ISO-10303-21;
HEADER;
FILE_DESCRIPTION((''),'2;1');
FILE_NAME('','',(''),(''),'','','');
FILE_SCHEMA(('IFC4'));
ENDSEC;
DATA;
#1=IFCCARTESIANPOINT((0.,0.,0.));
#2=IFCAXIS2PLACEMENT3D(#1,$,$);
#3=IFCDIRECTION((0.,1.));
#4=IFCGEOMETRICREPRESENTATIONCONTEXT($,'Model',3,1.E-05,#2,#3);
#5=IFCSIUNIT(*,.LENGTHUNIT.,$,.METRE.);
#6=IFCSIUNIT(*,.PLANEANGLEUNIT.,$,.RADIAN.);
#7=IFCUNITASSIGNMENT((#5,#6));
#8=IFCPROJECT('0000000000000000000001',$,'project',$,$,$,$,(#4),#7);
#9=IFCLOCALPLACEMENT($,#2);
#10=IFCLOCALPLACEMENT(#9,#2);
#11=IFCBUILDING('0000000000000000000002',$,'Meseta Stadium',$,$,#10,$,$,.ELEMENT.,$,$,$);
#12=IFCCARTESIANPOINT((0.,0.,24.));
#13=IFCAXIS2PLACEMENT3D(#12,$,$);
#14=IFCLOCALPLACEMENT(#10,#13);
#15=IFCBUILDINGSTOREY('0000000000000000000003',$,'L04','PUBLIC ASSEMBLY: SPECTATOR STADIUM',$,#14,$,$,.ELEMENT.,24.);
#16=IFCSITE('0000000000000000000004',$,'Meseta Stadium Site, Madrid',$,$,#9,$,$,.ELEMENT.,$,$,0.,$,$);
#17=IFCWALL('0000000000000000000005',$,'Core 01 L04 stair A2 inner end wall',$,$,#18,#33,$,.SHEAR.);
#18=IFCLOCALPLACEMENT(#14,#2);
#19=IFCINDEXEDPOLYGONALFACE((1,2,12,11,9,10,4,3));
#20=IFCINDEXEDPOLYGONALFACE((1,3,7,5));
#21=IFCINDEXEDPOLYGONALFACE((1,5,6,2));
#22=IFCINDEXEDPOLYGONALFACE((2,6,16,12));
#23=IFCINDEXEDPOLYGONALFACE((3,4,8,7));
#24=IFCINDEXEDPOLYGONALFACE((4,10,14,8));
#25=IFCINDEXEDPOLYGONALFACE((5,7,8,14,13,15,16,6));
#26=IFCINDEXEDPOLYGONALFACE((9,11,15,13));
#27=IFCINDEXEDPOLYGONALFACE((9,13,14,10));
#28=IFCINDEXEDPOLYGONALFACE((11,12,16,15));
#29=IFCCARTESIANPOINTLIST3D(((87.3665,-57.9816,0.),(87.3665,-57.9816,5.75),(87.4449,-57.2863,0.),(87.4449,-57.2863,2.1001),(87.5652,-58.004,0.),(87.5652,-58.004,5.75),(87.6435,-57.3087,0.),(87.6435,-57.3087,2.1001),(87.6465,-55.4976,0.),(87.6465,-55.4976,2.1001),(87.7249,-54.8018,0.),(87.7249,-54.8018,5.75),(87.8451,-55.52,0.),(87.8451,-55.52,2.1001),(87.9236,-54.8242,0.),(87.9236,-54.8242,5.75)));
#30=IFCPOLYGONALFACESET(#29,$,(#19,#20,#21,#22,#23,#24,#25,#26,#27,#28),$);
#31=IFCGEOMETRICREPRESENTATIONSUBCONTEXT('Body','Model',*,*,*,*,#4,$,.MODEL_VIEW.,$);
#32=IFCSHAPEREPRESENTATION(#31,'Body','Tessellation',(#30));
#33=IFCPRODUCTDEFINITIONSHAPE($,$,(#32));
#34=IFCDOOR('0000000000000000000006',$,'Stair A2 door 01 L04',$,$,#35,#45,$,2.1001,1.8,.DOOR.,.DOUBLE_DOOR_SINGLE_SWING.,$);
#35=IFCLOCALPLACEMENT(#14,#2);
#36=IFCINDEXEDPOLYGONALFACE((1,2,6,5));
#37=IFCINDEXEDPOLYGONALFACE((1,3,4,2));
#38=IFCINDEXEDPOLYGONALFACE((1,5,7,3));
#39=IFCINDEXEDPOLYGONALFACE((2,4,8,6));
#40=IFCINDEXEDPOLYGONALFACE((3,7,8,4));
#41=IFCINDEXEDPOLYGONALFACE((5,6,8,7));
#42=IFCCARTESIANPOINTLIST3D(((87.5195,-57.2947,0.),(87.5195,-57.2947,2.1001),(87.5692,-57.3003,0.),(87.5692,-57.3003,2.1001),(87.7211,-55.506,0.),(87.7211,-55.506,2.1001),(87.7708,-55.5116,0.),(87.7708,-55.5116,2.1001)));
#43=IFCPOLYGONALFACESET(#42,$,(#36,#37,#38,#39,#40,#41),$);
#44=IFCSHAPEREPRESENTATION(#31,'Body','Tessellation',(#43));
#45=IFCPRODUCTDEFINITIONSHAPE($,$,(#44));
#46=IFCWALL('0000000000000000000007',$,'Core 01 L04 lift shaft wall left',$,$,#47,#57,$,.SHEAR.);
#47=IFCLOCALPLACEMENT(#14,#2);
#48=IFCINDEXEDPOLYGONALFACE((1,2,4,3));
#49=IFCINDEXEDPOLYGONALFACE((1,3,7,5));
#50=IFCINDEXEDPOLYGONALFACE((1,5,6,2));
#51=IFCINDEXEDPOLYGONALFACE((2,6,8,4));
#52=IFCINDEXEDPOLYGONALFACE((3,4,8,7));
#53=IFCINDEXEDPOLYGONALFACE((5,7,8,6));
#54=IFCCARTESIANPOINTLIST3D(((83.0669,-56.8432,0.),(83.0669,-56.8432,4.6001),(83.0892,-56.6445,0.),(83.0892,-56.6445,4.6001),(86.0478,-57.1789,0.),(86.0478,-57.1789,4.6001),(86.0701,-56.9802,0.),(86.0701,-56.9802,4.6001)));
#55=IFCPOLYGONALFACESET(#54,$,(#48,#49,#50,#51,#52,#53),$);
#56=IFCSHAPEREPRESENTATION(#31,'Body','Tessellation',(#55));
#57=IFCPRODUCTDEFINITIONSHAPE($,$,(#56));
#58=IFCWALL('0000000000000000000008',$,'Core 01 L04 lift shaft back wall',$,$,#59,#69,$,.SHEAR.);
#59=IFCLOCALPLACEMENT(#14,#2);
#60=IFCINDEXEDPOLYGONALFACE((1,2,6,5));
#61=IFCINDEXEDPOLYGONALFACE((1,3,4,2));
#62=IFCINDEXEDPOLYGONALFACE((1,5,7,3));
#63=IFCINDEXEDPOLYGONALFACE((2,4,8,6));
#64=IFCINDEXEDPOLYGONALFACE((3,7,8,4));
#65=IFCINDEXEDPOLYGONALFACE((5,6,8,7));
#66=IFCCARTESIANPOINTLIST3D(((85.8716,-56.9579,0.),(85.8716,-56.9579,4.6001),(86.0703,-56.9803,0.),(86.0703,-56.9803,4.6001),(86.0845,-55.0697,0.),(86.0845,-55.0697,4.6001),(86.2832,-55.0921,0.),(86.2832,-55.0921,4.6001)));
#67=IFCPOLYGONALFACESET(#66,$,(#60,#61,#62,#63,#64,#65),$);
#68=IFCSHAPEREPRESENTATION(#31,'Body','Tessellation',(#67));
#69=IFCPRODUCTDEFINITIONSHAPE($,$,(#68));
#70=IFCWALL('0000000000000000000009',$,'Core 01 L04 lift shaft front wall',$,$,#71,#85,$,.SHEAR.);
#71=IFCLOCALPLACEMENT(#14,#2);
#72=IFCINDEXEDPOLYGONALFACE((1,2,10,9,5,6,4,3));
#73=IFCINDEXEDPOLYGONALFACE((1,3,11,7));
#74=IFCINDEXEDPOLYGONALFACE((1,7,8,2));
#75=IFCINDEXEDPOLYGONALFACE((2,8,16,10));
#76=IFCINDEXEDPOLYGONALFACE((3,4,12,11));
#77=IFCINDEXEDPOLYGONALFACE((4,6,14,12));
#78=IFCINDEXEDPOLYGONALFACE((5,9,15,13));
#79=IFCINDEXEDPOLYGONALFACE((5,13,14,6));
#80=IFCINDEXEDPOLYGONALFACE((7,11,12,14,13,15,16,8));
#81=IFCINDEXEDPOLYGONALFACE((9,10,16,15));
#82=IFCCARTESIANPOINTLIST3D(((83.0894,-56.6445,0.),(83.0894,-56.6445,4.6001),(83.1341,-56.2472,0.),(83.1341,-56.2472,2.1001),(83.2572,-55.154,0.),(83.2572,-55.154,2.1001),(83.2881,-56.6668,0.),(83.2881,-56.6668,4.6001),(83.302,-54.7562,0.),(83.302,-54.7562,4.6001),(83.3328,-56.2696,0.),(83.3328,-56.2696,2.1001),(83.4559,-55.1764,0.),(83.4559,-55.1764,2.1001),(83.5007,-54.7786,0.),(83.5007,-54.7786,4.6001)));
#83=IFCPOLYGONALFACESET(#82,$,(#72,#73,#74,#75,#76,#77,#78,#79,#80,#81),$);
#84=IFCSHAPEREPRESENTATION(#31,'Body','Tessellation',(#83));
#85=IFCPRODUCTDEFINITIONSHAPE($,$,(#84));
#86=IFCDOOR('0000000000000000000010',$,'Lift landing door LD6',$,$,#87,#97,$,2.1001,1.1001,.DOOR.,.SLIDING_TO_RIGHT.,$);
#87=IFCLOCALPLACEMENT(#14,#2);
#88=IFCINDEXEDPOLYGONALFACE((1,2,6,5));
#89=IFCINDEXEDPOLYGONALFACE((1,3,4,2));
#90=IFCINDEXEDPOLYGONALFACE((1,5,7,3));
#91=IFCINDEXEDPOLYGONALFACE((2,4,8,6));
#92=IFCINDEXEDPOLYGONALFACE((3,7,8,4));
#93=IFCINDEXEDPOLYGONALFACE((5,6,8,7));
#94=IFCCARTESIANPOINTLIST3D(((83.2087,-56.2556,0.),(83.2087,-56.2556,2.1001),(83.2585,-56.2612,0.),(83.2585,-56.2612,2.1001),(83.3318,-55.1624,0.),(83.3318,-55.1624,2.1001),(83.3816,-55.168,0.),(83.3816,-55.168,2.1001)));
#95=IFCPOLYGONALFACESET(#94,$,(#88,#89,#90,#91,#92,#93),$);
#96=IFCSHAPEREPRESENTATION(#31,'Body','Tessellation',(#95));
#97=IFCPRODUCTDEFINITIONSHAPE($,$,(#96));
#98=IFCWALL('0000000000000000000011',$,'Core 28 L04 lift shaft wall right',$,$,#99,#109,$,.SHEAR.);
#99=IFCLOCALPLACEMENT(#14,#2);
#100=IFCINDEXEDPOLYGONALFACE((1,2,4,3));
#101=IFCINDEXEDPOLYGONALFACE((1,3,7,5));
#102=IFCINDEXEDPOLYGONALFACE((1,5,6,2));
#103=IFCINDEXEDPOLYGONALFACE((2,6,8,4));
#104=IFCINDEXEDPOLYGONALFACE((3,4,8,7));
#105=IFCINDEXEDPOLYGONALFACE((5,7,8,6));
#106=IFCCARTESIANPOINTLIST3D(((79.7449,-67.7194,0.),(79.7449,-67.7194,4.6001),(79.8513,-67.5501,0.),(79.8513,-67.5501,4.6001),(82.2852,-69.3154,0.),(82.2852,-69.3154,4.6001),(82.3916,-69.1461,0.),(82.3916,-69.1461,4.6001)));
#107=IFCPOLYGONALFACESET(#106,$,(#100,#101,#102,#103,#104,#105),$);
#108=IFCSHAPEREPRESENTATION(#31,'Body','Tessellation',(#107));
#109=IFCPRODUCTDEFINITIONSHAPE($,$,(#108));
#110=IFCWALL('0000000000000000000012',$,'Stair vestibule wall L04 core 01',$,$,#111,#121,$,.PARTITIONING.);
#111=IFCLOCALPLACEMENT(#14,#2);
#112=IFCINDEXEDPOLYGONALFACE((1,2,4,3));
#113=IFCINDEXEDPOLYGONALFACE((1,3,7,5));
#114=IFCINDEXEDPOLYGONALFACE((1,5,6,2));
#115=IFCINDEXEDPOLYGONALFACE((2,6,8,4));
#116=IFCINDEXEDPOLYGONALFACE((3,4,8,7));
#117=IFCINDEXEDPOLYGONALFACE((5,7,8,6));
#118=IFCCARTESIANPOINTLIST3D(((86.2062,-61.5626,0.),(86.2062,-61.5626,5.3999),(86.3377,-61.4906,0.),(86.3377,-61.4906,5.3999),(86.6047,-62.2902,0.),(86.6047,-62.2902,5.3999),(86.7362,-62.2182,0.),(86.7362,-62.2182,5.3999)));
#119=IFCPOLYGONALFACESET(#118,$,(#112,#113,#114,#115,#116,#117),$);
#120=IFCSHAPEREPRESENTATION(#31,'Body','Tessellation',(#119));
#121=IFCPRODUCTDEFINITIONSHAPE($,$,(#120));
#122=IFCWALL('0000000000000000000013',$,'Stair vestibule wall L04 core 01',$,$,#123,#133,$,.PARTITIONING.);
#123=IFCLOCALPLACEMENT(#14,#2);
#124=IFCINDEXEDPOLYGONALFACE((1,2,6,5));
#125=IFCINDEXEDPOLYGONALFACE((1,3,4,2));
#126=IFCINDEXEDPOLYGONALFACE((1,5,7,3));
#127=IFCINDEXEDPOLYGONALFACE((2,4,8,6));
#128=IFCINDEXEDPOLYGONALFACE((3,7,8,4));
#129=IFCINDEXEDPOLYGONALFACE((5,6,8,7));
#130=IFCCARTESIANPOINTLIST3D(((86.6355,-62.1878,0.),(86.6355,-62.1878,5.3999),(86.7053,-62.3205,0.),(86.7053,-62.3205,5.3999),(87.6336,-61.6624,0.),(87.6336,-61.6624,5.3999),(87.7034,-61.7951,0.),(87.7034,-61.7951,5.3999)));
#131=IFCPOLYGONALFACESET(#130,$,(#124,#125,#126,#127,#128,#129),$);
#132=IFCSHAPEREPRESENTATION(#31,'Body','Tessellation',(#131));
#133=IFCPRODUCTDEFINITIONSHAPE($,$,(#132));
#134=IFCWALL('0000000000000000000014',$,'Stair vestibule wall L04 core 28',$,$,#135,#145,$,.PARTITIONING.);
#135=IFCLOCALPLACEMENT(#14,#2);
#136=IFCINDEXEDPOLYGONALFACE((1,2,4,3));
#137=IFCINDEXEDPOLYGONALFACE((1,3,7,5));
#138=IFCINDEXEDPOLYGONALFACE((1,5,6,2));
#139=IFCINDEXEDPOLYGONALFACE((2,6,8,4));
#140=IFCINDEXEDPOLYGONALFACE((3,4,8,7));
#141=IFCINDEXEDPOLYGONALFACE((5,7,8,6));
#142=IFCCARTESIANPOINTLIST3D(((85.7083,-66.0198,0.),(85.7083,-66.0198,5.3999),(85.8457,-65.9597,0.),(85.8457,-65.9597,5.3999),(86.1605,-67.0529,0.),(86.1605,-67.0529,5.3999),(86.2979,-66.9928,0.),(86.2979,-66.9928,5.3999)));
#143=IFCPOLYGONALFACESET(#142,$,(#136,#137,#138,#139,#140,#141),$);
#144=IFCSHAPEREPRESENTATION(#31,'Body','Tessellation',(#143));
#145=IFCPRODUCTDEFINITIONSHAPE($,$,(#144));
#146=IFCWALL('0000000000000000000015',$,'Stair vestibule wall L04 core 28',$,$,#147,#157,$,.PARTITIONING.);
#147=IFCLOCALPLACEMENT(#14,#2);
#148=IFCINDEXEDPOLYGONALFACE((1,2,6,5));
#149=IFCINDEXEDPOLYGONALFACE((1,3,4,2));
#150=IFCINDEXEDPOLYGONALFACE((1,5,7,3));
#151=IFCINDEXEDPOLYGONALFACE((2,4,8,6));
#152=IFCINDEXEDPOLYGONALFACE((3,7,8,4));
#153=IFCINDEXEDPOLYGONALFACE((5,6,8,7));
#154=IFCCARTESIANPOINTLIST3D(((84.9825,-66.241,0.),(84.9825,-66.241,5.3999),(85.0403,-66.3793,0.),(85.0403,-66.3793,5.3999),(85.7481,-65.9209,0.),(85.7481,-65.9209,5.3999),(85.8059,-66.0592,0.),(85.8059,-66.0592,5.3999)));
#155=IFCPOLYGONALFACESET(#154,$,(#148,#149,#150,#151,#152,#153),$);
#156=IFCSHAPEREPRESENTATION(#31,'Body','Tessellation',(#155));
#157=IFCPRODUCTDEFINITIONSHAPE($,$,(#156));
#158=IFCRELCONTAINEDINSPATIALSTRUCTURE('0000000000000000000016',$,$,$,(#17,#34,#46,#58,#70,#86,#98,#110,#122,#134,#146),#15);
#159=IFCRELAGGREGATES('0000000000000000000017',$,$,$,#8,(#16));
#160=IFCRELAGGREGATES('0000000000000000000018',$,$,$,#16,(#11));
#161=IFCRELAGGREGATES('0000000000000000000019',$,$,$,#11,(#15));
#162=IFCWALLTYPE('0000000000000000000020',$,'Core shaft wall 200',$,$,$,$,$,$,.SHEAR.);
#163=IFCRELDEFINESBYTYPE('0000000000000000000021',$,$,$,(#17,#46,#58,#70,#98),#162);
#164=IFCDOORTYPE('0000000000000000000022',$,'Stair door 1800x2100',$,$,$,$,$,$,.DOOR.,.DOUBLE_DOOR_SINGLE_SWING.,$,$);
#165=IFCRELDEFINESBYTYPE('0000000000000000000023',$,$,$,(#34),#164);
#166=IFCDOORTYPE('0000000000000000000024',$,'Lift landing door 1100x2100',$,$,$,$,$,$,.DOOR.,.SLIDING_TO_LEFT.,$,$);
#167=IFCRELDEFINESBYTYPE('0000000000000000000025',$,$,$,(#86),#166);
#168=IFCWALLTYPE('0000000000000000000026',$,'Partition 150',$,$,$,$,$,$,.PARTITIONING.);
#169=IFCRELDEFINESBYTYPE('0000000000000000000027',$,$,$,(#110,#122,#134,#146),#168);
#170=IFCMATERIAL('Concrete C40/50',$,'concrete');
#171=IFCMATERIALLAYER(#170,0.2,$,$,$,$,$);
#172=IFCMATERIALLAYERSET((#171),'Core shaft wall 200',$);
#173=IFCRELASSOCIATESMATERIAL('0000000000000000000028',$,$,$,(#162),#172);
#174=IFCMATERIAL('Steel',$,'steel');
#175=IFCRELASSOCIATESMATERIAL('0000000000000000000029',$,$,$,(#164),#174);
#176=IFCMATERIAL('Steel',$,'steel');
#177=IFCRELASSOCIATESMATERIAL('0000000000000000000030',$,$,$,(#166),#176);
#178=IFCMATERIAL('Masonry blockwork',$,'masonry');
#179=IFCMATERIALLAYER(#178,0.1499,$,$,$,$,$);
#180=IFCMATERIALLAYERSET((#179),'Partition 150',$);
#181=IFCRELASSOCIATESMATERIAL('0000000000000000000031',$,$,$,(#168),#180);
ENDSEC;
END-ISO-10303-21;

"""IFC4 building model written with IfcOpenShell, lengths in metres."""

from ifc_helpers import new_model, si_unit, direction, frame, frame_2d, origin, place, context, subcontext, project, spatial, rectangle, extrude, material, layer, layer_set, type_object, element, fill, save


model = new_model("IFC4")

# Units and contexts
model_context = context("Model", 3, precision=1e-05, world=origin(), true_north=direction((0.0, 1.0)))
body_context = subcontext(model_context, "Body", "Model", "MODEL_VIEW")
ifc_project = project(units=[si_unit("LENGTHUNIT", "METRE"), si_unit("PLANEANGLEUNIT", "RADIAN")], contexts=[model_context])

# Site, building, storey
site_placement = place(None, origin())
site = spatial("IfcSite", under=ifc_project, at=site_placement, Name="Meseta Stadium Site, Madrid", CompositionType="ELEMENT", RefElevation=0.0)
building_placement = place(site_placement, origin())
building = spatial("IfcBuilding", under=site, at=building_placement, Name="Meseta Stadium", CompositionType="ELEMENT")
storey_placement = place(building_placement, frame((0.0, 0.0, 24.0)))
storey = spatial("IfcBuildingStorey", under=building, at=storey_placement, Name="L04", Description="PUBLIC ASSEMBLY: SPECTATOR STADIUM", CompositionType="ELEMENT", Elevation=24.0)

# Shared definitions
ifc_material_1 = material(Name="Concrete C40/50", Category="concrete")
ifc_layer_1 = layer(ifc_material_1, 0.2)
ifc_layer_set_1 = layer_set([ifc_layer_1], Name="Core shaft wall 200")
wall_type_1 = type_object("IfcWallType", Name="Core shaft wall 200", PredefinedType="SHEAR", material=ifc_layer_set_1)

# Wall, opening, door
ifc_material_2 = material(Name="Steel", Category="steel")
door_type_1 = type_object("IfcDoorType", Name="Stair door 1800x2100", OperationType="DOUBLE_DOOR_SINGLE_SWING", PredefinedType="DOOR", material=ifc_material_2)
wall_1_placement = place(storey_placement, frame((87.4658, -57.9929, 0.0), z_axis=(0.0, 0.0, 1.0), x_axis=(0.111997, 0.993709, 0.0)))
wall_1 = element("IfcWall", 1, at=wall_1_placement, inside=storey, type_object=wall_type_1, Name="Core 01 L04 stair A2 inner end wall", PredefinedType="SHEAR", context=body_context, shape_type="SweptSolid", body=[
    extrude(rectangle(XDim=3.2, YDim=0.2, at=frame_2d((1.6001, 0.0))), origin(), (0.0, 0.0, 1.0), 5.75),
])
opening_1_placement = place(wall_1_placement, frame((0.7, 0.0, 0.0)))
opening_1 = element("IfcOpeningElement", 2, at=opening_1_placement, cuts=wall_1, PredefinedType="OPENING", context=body_context, shape_type="SweptSolid", body=[
    extrude(rectangle(XDim=1.8, YDim=2.1001, at=frame_2d((0.8999, 1.05))), frame((0.0, 0.1099, 0.0), z_axis=(0.0, -1.0, 0.0), x_axis=(1.0, 0.0, 0.0)), (0.0, 0.0, 1.0), 0.22),
])
door_1_placement = place(opening_1_placement, origin())
door_1 = element("IfcDoor", 3, at=door_1_placement, inside=storey, type_object=door_type_1, Name="Stair A2 door 01 L04", OperationType="DOUBLE_DOOR_SINGLE_SWING", OverallHeight=2.1001, OverallWidth=1.8, PredefinedType="DOOR", context=body_context, shape_type="SweptSolid", body=[
    extrude(rectangle(XDim=1.8, YDim=2.1001, at=frame_2d((0.8999, 1.05))), frame((0.0, 0.0249, 0.0), z_axis=(0.0, -1.0, 0.0), x_axis=(1.0, 0.0, 0.0)), (0.0, 0.0, 1.0), 0.05),
])
fill(opening_1, door_1)

# Walls
wall_2_placement = place(storey_placement, frame((86.0591, -57.0796, 0.0), z_axis=(0.0, 0.0, 1.0), x_axis=(-0.993719, 0.111905, 0.0)))
element("IfcWall", 4, at=wall_2_placement, inside=storey, type_object=wall_type_1, Name="Core 01 L04 lift shaft wall left", PredefinedType="SHEAR", context=body_context, shape_type="SweptSolid", body=[
    extrude(rectangle(XDim=2.9998, YDim=0.2, at=frame_2d((1.5, 0.0))), origin(), (0.0, 0.0, 1.0), 4.6001),
])
wall_3_placement = place(storey_placement, frame((85.9709, -56.9692, 0.0), z_axis=(0.0, 0.0, 1.0), x_axis=(0.112039, 0.993704, 0.0)))
element("IfcWall", 5, at=wall_3_placement, inside=storey, type_object=wall_type_1, Name="Core 01 L04 lift shaft back wall", PredefinedType="SHEAR", context=body_context, shape_type="SweptSolid", body=[
    extrude(rectangle(XDim=1.9001, YDim=0.2, at=frame_2d((0.9502, 0.0))), origin(), (0.0, 0.0, 1.0), 4.6001),
])

# Wall, opening, door
wall_4_placement = place(storey_placement, frame((83.1887, -56.6558, 0.0), z_axis=(0.0, 0.0, 1.0), x_axis=(0.111912, 0.993718, 0.0)))
wall_4 = element("IfcWall", 6, at=wall_4_placement, inside=storey, type_object=wall_type_1, Name="Core 01 L04 lift shaft front wall", PredefinedType="SHEAR", context=body_context, shape_type="SweptSolid", body=[
    extrude(rectangle(XDim=1.9001, YDim=0.2, at=frame_2d((0.9502, 0.0))), origin(), (0.0, 0.0, 1.0), 4.6001),
])
opening_2_placement = place(wall_4_placement, frame((0.3999, 0.0, 0.0)))
opening_2 = element("IfcOpeningElement", 7, at=opening_2_placement, cuts=wall_4, PredefinedType="OPENING", context=body_context, shape_type="SweptSolid", body=[
    extrude(rectangle(XDim=1.1001, YDim=2.1001, at=frame_2d((0.55, 1.05))), frame((0.0, 0.1099, 0.0), z_axis=(0.0, -1.0, 0.0), x_axis=(1.0, 0.0, 0.0)), (0.0, 0.0, 1.0), 0.22),
])
ifc_material_3 = material(Name="Steel", Category="steel")
door_type_2 = type_object("IfcDoorType", Name="Lift landing door 1100x2100", OperationType="SLIDING_TO_LEFT", PredefinedType="DOOR", material=ifc_material_3)
door_2_placement = place(opening_2_placement, origin())
door_2 = element("IfcDoor", 8, at=door_2_placement, inside=storey, type_object=door_type_2, Name="Lift landing door LD6", OperationType="SLIDING_TO_RIGHT", OverallHeight=2.1001, OverallWidth=1.1001, PredefinedType="DOOR", context=body_context, shape_type="SweptSolid", body=[
    extrude(rectangle(XDim=1.1001, YDim=2.1001, at=frame_2d((0.55, 1.05))), frame((0.0, 0.0249, 0.0), z_axis=(0.0, -1.0, 0.0), x_axis=(1.0, 0.0, 0.0)), (0.0, 0.0, 1.0), 0.05),
])
fill(opening_2, door_2)

# Walls
wall_5_placement = place(storey_placement, frame((82.3384, -69.2307, 0.0), z_axis=(0.0, 0.0, 1.0), x_axis=(-0.846757, 0.53198, 0.0)))
element("IfcWall", 9, at=wall_5_placement, inside=storey, type_object=wall_type_1, Name="Core 28 L04 lift shaft wall right", PredefinedType="SHEAR", context=body_context, shape_type="SweptSolid", body=[
    extrude(rectangle(XDim=3.0, YDim=0.2, at=frame_2d((1.5, 0.0))), origin(), (0.0, 0.0, 1.0), 4.6001),
])
ifc_material_4 = material(Name="Masonry blockwork", Category="masonry")
ifc_layer_2 = layer(ifc_material_4, 0.1499)
ifc_layer_set_2 = layer_set([ifc_layer_2], Name="Partition 150")
wall_type_2 = type_object("IfcWallType", Name="Partition 150", PredefinedType="PARTITIONING", material=ifc_layer_set_2)
wall_6_placement = place(storey_placement, frame((86.272, -61.5266, 0.0), z_axis=(0.0, 0.0, 1.0), x_axis=(0.480336, -0.877084, 0.0)))
element("IfcWall", 10, at=wall_6_placement, inside=storey, type_object=wall_type_2, Name="Stair vestibule wall L04 core 01", PredefinedType="PARTITIONING", context=body_context, shape_type="SweptSolid", body=[
    extrude(rectangle(XDim=0.8296, YDim=0.1499, at=frame_2d((0.4148, 0.0))), origin(), (0.0, 0.0, 1.0), 5.3999),
])
wall_7_placement = place(storey_placement, frame((86.6704, -62.2542, 0.0), z_axis=(0.0, 0.0, 1.0), x_axis=(0.884881, 0.465818, 0.0)))
element("IfcWall", 11, at=wall_7_placement, inside=storey, type_object=wall_type_2, Name="Stair vestibule wall L04 core 01", PredefinedType="PARTITIONING", context=body_context, shape_type="SweptSolid", body=[
    extrude(rectangle(XDim=1.1279, YDim=0.1499, at=frame_2d((0.564, 0.0))), origin(), (0.0, 0.0, 1.0), 5.3999),
])
wall_8_placement = place(storey_placement, frame((86.2292, -67.0229, 0.0), z_axis=(0.0, 0.0, 1.0), x_axis=(-0.400989, 0.916083, 0.0)))
element("IfcWall", 12, at=wall_8_placement, inside=storey, type_object=wall_type_2, Name="Stair vestibule wall L04 core 28", PredefinedType="PARTITIONING", context=body_context, shape_type="SweptSolid", body=[
    extrude(rectangle(XDim=1.1277, YDim=0.1499, at=frame_2d((0.564, 0.0))), origin(), (0.0, 0.0, 1.0), 5.3999),
])
wall_9_placement = place(storey_placement, frame((85.7771, -65.99, 0.0), z_axis=(0.0, 0.0, 1.0), x_axis=(-0.922624, -0.385701, 0.0)))
element("IfcWall", 13, at=wall_9_placement, inside=storey, type_object=wall_type_2, Name="Stair vestibule wall L04 core 28", PredefinedType="PARTITIONING", context=body_context, shape_type="SweptSolid", body=[
    extrude(rectangle(XDim=0.8298, YDim=0.1499, at=frame_2d((0.415, 0.0))), origin(), (0.0, 0.0, 1.0), 5.3999),
])

save(model, "model.ifc")
